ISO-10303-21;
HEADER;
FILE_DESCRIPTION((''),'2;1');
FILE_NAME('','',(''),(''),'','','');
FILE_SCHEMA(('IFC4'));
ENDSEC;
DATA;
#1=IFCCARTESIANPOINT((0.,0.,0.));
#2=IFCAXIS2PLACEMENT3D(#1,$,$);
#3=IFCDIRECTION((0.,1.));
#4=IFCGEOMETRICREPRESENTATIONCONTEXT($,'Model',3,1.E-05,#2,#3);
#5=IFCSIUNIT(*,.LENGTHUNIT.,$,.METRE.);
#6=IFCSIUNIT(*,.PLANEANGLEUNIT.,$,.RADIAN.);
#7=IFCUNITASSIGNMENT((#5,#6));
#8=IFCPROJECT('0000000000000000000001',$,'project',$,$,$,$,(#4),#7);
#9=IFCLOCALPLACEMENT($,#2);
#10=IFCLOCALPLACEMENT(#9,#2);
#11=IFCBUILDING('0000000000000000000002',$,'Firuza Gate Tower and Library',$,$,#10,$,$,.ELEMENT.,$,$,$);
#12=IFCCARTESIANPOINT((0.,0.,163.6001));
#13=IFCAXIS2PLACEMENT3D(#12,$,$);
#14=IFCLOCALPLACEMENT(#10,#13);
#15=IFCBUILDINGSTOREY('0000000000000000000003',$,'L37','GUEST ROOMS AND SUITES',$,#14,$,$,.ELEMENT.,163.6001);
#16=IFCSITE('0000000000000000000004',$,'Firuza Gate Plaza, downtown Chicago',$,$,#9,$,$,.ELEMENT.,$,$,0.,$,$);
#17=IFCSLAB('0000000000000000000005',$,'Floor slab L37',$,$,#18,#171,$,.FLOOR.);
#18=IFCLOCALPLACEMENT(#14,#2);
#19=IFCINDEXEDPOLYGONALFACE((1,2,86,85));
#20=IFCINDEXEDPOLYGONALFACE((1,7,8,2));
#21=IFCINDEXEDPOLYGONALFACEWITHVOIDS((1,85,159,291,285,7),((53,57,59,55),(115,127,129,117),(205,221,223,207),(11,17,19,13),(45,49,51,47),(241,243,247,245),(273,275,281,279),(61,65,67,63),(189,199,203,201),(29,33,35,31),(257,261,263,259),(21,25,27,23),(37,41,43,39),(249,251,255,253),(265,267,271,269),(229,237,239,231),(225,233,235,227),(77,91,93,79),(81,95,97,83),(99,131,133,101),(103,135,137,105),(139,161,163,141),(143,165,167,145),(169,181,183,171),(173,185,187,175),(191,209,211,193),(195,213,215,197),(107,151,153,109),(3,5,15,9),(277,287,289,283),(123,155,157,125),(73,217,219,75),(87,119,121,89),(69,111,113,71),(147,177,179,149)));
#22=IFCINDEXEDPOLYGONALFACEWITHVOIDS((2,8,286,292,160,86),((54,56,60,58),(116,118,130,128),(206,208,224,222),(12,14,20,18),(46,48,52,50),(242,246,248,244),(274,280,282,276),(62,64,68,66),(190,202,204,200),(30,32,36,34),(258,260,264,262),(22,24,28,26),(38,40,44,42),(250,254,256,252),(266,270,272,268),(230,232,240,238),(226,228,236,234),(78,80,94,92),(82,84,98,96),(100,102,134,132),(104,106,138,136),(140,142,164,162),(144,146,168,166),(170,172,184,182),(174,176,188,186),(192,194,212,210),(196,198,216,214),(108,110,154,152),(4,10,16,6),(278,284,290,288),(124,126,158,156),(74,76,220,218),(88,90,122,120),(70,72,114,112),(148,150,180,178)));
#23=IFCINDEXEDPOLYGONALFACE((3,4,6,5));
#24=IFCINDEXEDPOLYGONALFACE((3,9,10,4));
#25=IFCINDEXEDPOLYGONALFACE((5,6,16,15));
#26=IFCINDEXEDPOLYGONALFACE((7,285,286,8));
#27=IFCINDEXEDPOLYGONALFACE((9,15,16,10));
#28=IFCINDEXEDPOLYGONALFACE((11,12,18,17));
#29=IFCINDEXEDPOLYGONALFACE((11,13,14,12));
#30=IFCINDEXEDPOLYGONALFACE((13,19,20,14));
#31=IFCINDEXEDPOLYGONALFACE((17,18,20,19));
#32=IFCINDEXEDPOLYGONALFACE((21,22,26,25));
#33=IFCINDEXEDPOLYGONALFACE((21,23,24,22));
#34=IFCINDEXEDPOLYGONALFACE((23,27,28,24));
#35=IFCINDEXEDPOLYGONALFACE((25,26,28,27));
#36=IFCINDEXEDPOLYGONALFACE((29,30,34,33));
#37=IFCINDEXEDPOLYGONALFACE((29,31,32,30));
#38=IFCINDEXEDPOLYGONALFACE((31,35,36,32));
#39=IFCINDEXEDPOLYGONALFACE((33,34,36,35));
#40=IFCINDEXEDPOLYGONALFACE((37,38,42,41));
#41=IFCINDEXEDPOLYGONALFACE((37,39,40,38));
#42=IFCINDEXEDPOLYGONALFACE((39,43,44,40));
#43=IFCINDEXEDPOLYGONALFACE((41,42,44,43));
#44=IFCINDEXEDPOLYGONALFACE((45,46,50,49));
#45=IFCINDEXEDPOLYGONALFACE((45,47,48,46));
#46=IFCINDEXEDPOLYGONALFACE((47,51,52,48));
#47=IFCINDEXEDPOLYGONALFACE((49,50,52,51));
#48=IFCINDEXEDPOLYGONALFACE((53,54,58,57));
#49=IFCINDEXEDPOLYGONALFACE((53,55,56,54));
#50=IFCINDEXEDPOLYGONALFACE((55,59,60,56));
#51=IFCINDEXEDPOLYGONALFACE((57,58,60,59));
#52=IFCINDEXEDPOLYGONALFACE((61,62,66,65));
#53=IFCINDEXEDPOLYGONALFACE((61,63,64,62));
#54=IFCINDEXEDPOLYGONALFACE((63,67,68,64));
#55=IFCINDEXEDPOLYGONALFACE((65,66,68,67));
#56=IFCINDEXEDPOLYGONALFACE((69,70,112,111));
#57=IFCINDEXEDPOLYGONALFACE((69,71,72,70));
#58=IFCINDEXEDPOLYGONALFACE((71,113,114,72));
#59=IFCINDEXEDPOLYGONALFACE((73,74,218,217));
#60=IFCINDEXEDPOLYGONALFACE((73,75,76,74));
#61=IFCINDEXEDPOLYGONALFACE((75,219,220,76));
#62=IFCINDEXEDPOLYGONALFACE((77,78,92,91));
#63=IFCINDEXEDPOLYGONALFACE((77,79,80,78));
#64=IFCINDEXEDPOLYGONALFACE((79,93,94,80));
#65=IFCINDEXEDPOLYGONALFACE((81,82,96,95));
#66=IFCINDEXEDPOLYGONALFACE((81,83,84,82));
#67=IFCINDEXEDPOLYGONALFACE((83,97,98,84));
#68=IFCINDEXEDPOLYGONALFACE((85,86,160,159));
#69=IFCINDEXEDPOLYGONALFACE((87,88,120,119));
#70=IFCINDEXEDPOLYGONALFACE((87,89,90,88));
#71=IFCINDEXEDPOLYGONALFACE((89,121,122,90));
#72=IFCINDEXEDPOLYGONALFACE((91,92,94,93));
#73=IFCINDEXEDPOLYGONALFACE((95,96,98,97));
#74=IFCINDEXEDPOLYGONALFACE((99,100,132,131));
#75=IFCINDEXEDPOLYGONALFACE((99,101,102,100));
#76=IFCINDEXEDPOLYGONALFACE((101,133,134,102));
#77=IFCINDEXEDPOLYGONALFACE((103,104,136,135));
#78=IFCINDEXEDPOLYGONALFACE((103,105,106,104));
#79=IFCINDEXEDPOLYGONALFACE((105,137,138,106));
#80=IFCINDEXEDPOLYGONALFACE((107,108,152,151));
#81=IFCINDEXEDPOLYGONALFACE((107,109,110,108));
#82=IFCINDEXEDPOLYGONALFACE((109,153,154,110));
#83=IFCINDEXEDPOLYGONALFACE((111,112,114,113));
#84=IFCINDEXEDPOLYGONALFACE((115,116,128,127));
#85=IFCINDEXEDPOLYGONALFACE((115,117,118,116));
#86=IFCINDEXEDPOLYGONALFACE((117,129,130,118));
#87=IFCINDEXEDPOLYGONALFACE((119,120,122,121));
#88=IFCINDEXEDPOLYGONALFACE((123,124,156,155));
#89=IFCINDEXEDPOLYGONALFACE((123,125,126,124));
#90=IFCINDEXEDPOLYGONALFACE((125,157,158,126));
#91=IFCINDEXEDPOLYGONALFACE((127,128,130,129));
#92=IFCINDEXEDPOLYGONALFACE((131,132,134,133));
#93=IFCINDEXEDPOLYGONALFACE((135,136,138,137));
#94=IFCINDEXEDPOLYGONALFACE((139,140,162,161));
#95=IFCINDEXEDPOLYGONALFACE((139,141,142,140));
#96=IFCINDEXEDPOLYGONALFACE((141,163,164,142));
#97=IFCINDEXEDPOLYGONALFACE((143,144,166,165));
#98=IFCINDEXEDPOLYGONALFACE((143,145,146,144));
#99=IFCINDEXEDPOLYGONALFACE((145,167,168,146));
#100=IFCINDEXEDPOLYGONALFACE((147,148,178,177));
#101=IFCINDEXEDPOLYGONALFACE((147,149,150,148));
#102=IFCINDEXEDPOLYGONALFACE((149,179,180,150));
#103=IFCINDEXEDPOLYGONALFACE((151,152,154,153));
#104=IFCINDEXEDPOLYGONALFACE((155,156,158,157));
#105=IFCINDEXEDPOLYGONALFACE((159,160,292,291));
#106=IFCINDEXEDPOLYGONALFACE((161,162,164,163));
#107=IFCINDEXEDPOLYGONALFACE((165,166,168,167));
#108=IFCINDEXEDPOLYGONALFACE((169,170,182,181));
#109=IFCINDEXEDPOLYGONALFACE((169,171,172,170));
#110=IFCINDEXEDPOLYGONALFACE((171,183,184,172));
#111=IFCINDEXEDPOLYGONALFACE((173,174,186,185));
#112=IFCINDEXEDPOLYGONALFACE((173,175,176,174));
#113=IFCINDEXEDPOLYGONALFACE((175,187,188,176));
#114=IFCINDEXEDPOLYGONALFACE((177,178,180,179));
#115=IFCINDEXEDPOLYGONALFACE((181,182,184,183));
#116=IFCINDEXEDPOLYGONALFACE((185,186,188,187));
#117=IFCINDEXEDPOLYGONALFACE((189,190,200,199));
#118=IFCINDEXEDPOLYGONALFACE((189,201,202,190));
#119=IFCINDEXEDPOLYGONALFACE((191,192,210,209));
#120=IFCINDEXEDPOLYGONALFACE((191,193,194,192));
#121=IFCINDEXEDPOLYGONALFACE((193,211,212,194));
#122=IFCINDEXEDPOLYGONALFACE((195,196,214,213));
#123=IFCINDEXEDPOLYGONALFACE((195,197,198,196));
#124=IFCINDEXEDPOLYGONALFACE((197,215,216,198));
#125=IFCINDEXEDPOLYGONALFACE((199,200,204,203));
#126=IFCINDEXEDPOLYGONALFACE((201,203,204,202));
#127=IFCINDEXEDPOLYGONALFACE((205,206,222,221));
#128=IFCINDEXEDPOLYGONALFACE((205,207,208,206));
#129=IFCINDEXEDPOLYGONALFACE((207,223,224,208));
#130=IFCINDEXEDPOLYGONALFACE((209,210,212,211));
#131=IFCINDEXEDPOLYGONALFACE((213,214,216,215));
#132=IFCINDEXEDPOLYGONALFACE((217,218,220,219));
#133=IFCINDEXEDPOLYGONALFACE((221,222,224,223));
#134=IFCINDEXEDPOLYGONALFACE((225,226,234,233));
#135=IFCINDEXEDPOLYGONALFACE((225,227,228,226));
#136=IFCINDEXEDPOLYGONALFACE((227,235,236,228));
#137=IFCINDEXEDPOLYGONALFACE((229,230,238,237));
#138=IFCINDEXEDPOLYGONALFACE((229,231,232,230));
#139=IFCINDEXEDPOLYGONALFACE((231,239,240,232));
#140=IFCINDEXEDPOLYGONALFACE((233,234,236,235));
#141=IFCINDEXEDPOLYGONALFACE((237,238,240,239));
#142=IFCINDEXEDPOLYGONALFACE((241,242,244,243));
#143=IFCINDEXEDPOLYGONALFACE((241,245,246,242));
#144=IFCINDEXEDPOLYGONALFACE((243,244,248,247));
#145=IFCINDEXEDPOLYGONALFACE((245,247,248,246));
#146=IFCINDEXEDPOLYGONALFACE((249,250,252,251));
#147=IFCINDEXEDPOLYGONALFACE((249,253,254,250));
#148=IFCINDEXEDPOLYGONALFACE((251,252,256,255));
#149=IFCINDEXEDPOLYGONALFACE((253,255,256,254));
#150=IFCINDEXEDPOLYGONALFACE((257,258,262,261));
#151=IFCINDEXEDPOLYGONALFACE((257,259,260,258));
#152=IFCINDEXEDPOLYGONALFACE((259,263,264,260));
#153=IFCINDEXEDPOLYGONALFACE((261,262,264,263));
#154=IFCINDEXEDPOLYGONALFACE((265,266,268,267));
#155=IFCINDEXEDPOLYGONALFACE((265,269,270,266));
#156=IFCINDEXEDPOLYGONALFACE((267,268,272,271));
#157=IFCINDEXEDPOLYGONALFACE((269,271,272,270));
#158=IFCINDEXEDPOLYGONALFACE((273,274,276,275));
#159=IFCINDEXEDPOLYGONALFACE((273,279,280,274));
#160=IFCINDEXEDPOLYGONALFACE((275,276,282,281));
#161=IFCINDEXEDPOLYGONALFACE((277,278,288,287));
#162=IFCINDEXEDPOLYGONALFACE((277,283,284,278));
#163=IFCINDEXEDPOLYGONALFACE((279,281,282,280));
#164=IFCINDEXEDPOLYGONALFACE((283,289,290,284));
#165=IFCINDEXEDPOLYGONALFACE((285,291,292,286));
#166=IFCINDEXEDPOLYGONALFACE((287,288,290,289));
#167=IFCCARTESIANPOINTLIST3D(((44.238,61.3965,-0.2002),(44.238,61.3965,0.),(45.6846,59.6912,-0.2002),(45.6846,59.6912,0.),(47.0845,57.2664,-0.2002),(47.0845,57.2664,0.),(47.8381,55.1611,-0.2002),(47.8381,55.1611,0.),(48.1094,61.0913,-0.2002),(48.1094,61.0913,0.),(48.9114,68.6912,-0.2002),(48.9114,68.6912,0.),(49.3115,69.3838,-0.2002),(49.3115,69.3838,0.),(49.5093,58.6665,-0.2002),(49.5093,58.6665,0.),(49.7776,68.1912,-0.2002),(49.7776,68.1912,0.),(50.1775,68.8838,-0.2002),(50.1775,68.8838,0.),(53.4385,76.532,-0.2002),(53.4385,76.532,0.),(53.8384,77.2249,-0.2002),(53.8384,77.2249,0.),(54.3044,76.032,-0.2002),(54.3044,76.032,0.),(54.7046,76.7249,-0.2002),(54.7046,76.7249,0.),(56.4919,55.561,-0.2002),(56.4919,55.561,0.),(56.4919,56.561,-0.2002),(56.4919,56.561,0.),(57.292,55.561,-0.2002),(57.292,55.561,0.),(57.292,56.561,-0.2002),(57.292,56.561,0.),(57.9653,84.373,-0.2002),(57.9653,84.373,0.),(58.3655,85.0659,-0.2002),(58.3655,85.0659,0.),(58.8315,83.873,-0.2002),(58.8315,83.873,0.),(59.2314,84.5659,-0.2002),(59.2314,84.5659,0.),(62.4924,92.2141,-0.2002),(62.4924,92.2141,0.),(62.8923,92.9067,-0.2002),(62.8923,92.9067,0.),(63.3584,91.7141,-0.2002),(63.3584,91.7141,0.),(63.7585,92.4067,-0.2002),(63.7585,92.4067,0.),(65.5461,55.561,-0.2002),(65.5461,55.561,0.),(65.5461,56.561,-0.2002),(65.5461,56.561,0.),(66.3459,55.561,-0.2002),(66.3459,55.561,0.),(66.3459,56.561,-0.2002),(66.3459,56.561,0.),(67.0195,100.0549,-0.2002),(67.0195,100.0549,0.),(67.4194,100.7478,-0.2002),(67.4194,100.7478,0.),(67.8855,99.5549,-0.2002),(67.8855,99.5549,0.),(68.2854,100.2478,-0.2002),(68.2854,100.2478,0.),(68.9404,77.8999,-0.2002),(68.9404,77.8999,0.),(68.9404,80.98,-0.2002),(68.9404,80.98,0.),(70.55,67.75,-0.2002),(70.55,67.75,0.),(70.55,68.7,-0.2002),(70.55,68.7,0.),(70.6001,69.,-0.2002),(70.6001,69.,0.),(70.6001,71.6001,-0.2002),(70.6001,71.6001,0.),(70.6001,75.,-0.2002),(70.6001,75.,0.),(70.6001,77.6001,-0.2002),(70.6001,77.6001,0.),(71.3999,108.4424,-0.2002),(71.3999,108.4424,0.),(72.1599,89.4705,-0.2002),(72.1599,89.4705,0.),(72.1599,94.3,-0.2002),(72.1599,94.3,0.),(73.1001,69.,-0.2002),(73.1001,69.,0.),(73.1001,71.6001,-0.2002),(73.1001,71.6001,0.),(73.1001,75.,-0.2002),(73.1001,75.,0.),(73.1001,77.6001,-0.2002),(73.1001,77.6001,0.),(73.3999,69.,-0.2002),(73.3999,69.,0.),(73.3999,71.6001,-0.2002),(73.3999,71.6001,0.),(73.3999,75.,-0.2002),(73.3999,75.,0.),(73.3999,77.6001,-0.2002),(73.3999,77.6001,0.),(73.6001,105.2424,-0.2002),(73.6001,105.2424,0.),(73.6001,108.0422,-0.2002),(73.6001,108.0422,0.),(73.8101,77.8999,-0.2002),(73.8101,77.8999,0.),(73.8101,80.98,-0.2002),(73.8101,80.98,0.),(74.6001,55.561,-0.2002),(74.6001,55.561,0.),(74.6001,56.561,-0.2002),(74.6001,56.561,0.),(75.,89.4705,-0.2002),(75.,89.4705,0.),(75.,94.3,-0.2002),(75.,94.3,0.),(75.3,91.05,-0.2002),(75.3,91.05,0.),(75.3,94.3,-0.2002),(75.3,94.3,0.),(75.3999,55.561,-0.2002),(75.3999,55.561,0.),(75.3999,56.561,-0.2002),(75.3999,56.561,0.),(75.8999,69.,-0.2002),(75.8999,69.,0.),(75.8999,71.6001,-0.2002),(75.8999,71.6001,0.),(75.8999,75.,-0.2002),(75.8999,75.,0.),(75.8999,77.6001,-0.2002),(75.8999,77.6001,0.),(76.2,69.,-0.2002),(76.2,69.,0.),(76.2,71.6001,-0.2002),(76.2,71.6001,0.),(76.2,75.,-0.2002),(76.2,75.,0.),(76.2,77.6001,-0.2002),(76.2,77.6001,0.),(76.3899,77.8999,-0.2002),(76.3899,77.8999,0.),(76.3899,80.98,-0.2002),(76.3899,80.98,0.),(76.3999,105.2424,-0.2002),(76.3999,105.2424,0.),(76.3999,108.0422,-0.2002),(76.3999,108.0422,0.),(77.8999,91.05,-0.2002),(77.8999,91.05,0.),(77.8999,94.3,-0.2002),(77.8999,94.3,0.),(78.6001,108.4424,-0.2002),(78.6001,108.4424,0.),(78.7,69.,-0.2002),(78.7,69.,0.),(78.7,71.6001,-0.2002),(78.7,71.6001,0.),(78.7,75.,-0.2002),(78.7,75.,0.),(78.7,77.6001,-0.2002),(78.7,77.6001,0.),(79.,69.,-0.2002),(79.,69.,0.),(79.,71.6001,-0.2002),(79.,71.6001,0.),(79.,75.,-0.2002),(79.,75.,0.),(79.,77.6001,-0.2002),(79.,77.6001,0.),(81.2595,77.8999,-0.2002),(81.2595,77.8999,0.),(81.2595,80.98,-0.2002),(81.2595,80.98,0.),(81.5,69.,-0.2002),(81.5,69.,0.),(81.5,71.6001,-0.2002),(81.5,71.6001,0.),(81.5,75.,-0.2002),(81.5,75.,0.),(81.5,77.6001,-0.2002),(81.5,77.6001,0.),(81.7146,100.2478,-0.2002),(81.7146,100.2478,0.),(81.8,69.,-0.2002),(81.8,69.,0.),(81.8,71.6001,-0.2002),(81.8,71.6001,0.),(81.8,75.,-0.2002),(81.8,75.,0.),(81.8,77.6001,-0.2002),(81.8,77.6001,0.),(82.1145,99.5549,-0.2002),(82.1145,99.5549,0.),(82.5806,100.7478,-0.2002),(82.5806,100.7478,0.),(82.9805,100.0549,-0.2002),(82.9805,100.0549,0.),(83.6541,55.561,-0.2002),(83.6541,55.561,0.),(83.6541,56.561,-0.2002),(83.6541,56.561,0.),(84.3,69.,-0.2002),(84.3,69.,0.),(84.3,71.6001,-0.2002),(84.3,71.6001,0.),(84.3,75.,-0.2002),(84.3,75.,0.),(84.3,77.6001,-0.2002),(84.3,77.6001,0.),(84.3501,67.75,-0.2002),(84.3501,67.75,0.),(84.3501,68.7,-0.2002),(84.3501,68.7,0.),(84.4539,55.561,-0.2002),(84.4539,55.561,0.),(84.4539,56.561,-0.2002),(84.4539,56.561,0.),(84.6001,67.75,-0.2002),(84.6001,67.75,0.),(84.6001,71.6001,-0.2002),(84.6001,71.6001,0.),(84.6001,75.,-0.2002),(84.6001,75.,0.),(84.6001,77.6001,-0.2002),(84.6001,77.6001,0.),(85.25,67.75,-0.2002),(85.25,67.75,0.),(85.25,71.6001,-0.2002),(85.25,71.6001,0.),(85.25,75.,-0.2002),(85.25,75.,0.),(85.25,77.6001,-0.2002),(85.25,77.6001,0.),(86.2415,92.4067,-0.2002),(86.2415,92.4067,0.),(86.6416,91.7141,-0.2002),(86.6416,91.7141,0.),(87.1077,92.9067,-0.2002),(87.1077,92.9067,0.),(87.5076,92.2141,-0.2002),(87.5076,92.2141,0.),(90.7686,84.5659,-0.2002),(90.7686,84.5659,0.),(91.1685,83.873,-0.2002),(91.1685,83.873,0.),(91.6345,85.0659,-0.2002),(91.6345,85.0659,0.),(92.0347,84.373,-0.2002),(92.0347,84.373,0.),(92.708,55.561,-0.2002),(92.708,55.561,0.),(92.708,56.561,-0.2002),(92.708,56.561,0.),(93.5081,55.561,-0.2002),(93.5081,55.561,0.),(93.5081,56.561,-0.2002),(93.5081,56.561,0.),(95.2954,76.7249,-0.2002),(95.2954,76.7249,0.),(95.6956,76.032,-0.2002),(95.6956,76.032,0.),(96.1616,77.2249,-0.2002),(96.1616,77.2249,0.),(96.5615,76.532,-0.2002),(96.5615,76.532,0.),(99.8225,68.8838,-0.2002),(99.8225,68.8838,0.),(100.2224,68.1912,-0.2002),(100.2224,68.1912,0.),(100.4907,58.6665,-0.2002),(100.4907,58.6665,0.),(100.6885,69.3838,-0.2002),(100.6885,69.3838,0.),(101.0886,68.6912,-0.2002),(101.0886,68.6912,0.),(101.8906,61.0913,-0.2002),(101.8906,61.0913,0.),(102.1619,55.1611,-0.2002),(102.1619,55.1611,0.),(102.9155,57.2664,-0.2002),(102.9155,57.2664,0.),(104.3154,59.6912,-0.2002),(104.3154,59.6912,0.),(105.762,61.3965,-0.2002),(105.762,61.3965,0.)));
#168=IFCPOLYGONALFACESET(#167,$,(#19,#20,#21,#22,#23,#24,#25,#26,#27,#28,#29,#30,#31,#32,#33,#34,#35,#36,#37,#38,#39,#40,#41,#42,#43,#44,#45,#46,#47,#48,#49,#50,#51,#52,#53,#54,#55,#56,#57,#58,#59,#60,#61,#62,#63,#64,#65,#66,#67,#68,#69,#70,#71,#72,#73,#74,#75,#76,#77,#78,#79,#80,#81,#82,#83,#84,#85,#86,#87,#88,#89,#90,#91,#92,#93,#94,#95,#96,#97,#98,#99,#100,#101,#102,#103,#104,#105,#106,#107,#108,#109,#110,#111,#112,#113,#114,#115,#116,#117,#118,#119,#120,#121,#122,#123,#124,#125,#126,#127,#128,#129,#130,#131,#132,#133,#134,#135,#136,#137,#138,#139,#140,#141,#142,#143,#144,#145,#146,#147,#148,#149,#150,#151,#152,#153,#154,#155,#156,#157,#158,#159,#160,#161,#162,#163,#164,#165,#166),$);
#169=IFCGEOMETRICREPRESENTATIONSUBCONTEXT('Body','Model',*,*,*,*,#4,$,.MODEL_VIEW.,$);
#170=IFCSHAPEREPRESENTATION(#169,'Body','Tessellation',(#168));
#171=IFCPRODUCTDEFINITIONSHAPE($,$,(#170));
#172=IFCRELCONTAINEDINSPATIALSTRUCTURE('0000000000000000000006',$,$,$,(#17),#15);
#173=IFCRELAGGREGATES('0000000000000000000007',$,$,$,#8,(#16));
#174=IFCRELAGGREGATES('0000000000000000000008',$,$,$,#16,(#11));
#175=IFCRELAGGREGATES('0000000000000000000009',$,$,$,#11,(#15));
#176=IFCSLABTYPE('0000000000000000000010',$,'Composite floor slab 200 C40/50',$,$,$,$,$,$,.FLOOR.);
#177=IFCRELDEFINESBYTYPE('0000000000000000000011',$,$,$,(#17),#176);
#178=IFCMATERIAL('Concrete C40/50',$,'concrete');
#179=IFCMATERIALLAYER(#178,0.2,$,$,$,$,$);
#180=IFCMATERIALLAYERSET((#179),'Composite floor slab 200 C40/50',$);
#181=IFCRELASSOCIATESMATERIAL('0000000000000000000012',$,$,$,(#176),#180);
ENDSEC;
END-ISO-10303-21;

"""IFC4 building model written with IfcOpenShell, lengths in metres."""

from ifc_helpers import new_model, si_unit, direction, frame, origin, place, context, subcontext, project, spatial, polyline, outline, extrude, material, layer, layer_set, type_object, element, save


model = new_model("IFC4")

# Units and contexts
model_context = context("Model", 3, precision=1e-05, world=origin(), true_north=direction((0.0, 1.0)))
body_context = subcontext(model_context, "Body", "Model", "MODEL_VIEW")
ifc_project = project(units=[si_unit("LENGTHUNIT", "METRE"), si_unit("PLANEANGLEUNIT", "RADIAN")], contexts=[model_context])

# Site, building, storey
site_placement = place(None, origin())
site = spatial("IfcSite", under=ifc_project, at=site_placement, Name="Firuza Gate Plaza, downtown Chicago", CompositionType="ELEMENT", RefElevation=0.0)
building_placement = place(site_placement, origin())
building = spatial("IfcBuilding", under=site, at=building_placement, Name="Firuza Gate Tower and Library", CompositionType="ELEMENT")
storey_placement = place(building_placement, frame((0.0, 0.0, 163.6001)))
storey = spatial("IfcBuildingStorey", under=building, at=storey_placement, Name="L37", Description="GUEST ROOMS AND SUITES", CompositionType="ELEMENT", Elevation=163.6001)

# Slab
ifc_material_1 = material(Name="Concrete C40/50", Category="concrete")
ifc_layer_1 = layer(ifc_material_1, 0.2)
ifc_layer_set_1 = layer_set([ifc_layer_1], Name="Composite floor slab 200 C40/50")
slab_type_1 = type_object("IfcSlabType", Name="Composite floor slab 200 C40/50", PredefinedType="FLOOR", material=ifc_layer_set_1)
placement_1 = place(storey_placement, frame((0.0, 0.0, -0.2002)))
element("IfcSlab", 1, at=placement_1, inside=storey, type_object=slab_type_1, Name="Floor slab L37", PredefinedType="FLOOR", context=body_context, shape_type="SweptSolid", body=[
    extrude(outline(polyline([(44.238, 61.3965), (47.8381, 55.1611), (102.1619, 55.1611), (105.762, 61.3965), (78.6001, 108.4424), (71.3999, 108.4424), (44.238, 61.3965)]), holes=[polyline([(56.4919, 55.561), (56.4919, 56.561), (57.292, 56.561), (57.292, 55.561), (56.4919, 55.561)]), polyline([(74.6001, 55.561), (74.6001, 56.561), (75.3999, 56.561), (75.3999, 55.561), (74.6001, 55.561)]), polyline([(65.5461, 55.561), (65.5461, 56.561), (66.3459, 56.561), (66.3459, 55.561), (65.5461, 55.561)]), polyline([(45.6846, 59.6912), (48.1094, 61.0913), (49.5093, 58.6665), (47.0845, 57.2664), (45.6846, 59.6912)]), polyline([(84.3501, 67.75), (70.55, 67.75), (70.55, 68.7), (84.3501, 68.7), (84.3501, 67.75)]), polyline([(49.3115, 69.3838), (50.1775, 68.8838), (49.7776, 68.1912), (48.9114, 68.6912), (49.3115, 69.3838)]), polyline([(73.1001, 69.0), (70.6001, 69.0), (70.6001, 71.6001), (73.1001, 71.6001), (73.1001, 69.0)]), polyline([(75.8999, 69.0), (73.3999, 69.0), (73.3999, 71.6001), (75.8999, 71.6001), (75.8999, 69.0)]), polyline([(73.1001, 75.0), (70.6001, 75.0), (70.6001, 77.6001), (73.1001, 77.6001), (73.1001, 75.0)]), polyline([(75.8999, 75.0), (73.3999, 75.0), (73.3999, 77.6001), (75.8999, 77.6001), (75.8999, 75.0)]), polyline([(53.8384, 77.2249), (54.7046, 76.7249), (54.3044, 76.032), (53.4385, 76.532), (53.8384, 77.2249)]), polyline([(73.8101, 77.8999), (68.9404, 77.8999), (68.9404, 80.98), (73.8101, 80.98), (73.8101, 77.8999)]), polyline([(58.3655, 85.0659), (59.2314, 84.5659), (58.8315, 83.873), (57.9653, 84.373), (58.3655, 85.0659)]), polyline([(72.1599, 89.4705), (72.1599, 94.3), (75.0, 94.3), (75.0, 89.4705), (72.1599, 89.4705)]), polyline([(62.8923, 92.9067), (63.7585, 92.4067), (63.3584, 91.7141), (62.4924, 92.2141), (62.8923, 92.9067)]), polyline([(75.3, 91.05), (75.3, 94.3), (77.8999, 94.3), (77.8999, 91.05), (75.3, 91.05)]), polyline([(68.2854, 100.2478), (67.8855, 99.5549), (67.0195, 100.0549), (67.4194, 100.7478), (68.2854, 100.2478)]), polyline([(76.3999, 108.0422), (76.3999, 105.2424), (73.6001, 105.2424), (73.6001, 108.0422), (76.3999, 108.0422)]), polyline([(92.708, 55.561), (92.708, 56.561), (93.5081, 56.561), (93.5081, 55.561), (92.708, 55.561)]), polyline([(83.6541, 55.561), (83.6541, 56.561), (84.4539, 56.561), (84.4539, 55.561), (83.6541, 55.561)]), polyline([(102.9155, 57.2664), (100.4907, 58.6665), (101.8906, 61.0913), (104.3154, 59.6912), (102.9155, 57.2664)]), polyline([(101.0886, 68.6912), (100.2224, 68.1912), (99.8225, 68.8838), (100.6885, 69.3838), (101.0886, 68.6912)]), polyline([(85.25, 67.75), (84.6001, 67.75), (84.6001, 71.6001), (85.25, 71.6001), (85.25, 67.75)]), polyline([(81.5, 69.0), (79.0, 69.0), (79.0, 71.6001), (81.5, 71.6001), (81.5, 69.0)]), polyline([(81.8, 69.0), (81.8, 71.6001), (84.3, 71.6001), (84.3, 69.0), (81.8, 69.0)]), polyline([(76.2, 69.0), (76.2, 71.6001), (78.7, 71.6001), (78.7, 69.0), (76.2, 69.0)]), polyline([(81.5, 75.0), (79.0, 75.0), (79.0, 77.6001), (81.5, 77.6001), (81.5, 75.0)]), polyline([(84.3, 75.0), (81.8, 75.0), (81.8, 77.6001), (84.3, 77.6001), (84.3, 75.0)]), polyline([(85.25, 75.0), (84.6001, 75.0), (84.6001, 77.6001), (85.25, 77.6001), (85.25, 75.0)]), polyline([(78.7, 75.0), (76.2, 75.0), (76.2, 77.6001), (78.7, 77.6001), (78.7, 75.0)]), polyline([(96.5615, 76.532), (95.6956, 76.032), (95.2954, 76.7249), (96.1616, 77.2249), (96.5615, 76.532)]), polyline([(81.2595, 77.8999), (76.3899, 77.8999), (76.3899, 80.98), (81.2595, 80.98), (81.2595, 77.8999)]), polyline([(92.0347, 84.373), (91.1685, 83.873), (90.7686, 84.5659), (91.6345, 85.0659), (92.0347, 84.373)]), polyline([(86.6416, 91.7141), (86.2415, 92.4067), (87.1077, 92.9067), (87.5076, 92.2141), (86.6416, 91.7141)]), polyline([(82.1145, 99.5549), (81.7146, 100.2478), (82.5806, 100.7478), (82.9805, 100.0549), (82.1145, 99.5549)])]), origin(), (0.0, 0.0, 1.0), 0.2002),
])

save(model, "model.ifc")
